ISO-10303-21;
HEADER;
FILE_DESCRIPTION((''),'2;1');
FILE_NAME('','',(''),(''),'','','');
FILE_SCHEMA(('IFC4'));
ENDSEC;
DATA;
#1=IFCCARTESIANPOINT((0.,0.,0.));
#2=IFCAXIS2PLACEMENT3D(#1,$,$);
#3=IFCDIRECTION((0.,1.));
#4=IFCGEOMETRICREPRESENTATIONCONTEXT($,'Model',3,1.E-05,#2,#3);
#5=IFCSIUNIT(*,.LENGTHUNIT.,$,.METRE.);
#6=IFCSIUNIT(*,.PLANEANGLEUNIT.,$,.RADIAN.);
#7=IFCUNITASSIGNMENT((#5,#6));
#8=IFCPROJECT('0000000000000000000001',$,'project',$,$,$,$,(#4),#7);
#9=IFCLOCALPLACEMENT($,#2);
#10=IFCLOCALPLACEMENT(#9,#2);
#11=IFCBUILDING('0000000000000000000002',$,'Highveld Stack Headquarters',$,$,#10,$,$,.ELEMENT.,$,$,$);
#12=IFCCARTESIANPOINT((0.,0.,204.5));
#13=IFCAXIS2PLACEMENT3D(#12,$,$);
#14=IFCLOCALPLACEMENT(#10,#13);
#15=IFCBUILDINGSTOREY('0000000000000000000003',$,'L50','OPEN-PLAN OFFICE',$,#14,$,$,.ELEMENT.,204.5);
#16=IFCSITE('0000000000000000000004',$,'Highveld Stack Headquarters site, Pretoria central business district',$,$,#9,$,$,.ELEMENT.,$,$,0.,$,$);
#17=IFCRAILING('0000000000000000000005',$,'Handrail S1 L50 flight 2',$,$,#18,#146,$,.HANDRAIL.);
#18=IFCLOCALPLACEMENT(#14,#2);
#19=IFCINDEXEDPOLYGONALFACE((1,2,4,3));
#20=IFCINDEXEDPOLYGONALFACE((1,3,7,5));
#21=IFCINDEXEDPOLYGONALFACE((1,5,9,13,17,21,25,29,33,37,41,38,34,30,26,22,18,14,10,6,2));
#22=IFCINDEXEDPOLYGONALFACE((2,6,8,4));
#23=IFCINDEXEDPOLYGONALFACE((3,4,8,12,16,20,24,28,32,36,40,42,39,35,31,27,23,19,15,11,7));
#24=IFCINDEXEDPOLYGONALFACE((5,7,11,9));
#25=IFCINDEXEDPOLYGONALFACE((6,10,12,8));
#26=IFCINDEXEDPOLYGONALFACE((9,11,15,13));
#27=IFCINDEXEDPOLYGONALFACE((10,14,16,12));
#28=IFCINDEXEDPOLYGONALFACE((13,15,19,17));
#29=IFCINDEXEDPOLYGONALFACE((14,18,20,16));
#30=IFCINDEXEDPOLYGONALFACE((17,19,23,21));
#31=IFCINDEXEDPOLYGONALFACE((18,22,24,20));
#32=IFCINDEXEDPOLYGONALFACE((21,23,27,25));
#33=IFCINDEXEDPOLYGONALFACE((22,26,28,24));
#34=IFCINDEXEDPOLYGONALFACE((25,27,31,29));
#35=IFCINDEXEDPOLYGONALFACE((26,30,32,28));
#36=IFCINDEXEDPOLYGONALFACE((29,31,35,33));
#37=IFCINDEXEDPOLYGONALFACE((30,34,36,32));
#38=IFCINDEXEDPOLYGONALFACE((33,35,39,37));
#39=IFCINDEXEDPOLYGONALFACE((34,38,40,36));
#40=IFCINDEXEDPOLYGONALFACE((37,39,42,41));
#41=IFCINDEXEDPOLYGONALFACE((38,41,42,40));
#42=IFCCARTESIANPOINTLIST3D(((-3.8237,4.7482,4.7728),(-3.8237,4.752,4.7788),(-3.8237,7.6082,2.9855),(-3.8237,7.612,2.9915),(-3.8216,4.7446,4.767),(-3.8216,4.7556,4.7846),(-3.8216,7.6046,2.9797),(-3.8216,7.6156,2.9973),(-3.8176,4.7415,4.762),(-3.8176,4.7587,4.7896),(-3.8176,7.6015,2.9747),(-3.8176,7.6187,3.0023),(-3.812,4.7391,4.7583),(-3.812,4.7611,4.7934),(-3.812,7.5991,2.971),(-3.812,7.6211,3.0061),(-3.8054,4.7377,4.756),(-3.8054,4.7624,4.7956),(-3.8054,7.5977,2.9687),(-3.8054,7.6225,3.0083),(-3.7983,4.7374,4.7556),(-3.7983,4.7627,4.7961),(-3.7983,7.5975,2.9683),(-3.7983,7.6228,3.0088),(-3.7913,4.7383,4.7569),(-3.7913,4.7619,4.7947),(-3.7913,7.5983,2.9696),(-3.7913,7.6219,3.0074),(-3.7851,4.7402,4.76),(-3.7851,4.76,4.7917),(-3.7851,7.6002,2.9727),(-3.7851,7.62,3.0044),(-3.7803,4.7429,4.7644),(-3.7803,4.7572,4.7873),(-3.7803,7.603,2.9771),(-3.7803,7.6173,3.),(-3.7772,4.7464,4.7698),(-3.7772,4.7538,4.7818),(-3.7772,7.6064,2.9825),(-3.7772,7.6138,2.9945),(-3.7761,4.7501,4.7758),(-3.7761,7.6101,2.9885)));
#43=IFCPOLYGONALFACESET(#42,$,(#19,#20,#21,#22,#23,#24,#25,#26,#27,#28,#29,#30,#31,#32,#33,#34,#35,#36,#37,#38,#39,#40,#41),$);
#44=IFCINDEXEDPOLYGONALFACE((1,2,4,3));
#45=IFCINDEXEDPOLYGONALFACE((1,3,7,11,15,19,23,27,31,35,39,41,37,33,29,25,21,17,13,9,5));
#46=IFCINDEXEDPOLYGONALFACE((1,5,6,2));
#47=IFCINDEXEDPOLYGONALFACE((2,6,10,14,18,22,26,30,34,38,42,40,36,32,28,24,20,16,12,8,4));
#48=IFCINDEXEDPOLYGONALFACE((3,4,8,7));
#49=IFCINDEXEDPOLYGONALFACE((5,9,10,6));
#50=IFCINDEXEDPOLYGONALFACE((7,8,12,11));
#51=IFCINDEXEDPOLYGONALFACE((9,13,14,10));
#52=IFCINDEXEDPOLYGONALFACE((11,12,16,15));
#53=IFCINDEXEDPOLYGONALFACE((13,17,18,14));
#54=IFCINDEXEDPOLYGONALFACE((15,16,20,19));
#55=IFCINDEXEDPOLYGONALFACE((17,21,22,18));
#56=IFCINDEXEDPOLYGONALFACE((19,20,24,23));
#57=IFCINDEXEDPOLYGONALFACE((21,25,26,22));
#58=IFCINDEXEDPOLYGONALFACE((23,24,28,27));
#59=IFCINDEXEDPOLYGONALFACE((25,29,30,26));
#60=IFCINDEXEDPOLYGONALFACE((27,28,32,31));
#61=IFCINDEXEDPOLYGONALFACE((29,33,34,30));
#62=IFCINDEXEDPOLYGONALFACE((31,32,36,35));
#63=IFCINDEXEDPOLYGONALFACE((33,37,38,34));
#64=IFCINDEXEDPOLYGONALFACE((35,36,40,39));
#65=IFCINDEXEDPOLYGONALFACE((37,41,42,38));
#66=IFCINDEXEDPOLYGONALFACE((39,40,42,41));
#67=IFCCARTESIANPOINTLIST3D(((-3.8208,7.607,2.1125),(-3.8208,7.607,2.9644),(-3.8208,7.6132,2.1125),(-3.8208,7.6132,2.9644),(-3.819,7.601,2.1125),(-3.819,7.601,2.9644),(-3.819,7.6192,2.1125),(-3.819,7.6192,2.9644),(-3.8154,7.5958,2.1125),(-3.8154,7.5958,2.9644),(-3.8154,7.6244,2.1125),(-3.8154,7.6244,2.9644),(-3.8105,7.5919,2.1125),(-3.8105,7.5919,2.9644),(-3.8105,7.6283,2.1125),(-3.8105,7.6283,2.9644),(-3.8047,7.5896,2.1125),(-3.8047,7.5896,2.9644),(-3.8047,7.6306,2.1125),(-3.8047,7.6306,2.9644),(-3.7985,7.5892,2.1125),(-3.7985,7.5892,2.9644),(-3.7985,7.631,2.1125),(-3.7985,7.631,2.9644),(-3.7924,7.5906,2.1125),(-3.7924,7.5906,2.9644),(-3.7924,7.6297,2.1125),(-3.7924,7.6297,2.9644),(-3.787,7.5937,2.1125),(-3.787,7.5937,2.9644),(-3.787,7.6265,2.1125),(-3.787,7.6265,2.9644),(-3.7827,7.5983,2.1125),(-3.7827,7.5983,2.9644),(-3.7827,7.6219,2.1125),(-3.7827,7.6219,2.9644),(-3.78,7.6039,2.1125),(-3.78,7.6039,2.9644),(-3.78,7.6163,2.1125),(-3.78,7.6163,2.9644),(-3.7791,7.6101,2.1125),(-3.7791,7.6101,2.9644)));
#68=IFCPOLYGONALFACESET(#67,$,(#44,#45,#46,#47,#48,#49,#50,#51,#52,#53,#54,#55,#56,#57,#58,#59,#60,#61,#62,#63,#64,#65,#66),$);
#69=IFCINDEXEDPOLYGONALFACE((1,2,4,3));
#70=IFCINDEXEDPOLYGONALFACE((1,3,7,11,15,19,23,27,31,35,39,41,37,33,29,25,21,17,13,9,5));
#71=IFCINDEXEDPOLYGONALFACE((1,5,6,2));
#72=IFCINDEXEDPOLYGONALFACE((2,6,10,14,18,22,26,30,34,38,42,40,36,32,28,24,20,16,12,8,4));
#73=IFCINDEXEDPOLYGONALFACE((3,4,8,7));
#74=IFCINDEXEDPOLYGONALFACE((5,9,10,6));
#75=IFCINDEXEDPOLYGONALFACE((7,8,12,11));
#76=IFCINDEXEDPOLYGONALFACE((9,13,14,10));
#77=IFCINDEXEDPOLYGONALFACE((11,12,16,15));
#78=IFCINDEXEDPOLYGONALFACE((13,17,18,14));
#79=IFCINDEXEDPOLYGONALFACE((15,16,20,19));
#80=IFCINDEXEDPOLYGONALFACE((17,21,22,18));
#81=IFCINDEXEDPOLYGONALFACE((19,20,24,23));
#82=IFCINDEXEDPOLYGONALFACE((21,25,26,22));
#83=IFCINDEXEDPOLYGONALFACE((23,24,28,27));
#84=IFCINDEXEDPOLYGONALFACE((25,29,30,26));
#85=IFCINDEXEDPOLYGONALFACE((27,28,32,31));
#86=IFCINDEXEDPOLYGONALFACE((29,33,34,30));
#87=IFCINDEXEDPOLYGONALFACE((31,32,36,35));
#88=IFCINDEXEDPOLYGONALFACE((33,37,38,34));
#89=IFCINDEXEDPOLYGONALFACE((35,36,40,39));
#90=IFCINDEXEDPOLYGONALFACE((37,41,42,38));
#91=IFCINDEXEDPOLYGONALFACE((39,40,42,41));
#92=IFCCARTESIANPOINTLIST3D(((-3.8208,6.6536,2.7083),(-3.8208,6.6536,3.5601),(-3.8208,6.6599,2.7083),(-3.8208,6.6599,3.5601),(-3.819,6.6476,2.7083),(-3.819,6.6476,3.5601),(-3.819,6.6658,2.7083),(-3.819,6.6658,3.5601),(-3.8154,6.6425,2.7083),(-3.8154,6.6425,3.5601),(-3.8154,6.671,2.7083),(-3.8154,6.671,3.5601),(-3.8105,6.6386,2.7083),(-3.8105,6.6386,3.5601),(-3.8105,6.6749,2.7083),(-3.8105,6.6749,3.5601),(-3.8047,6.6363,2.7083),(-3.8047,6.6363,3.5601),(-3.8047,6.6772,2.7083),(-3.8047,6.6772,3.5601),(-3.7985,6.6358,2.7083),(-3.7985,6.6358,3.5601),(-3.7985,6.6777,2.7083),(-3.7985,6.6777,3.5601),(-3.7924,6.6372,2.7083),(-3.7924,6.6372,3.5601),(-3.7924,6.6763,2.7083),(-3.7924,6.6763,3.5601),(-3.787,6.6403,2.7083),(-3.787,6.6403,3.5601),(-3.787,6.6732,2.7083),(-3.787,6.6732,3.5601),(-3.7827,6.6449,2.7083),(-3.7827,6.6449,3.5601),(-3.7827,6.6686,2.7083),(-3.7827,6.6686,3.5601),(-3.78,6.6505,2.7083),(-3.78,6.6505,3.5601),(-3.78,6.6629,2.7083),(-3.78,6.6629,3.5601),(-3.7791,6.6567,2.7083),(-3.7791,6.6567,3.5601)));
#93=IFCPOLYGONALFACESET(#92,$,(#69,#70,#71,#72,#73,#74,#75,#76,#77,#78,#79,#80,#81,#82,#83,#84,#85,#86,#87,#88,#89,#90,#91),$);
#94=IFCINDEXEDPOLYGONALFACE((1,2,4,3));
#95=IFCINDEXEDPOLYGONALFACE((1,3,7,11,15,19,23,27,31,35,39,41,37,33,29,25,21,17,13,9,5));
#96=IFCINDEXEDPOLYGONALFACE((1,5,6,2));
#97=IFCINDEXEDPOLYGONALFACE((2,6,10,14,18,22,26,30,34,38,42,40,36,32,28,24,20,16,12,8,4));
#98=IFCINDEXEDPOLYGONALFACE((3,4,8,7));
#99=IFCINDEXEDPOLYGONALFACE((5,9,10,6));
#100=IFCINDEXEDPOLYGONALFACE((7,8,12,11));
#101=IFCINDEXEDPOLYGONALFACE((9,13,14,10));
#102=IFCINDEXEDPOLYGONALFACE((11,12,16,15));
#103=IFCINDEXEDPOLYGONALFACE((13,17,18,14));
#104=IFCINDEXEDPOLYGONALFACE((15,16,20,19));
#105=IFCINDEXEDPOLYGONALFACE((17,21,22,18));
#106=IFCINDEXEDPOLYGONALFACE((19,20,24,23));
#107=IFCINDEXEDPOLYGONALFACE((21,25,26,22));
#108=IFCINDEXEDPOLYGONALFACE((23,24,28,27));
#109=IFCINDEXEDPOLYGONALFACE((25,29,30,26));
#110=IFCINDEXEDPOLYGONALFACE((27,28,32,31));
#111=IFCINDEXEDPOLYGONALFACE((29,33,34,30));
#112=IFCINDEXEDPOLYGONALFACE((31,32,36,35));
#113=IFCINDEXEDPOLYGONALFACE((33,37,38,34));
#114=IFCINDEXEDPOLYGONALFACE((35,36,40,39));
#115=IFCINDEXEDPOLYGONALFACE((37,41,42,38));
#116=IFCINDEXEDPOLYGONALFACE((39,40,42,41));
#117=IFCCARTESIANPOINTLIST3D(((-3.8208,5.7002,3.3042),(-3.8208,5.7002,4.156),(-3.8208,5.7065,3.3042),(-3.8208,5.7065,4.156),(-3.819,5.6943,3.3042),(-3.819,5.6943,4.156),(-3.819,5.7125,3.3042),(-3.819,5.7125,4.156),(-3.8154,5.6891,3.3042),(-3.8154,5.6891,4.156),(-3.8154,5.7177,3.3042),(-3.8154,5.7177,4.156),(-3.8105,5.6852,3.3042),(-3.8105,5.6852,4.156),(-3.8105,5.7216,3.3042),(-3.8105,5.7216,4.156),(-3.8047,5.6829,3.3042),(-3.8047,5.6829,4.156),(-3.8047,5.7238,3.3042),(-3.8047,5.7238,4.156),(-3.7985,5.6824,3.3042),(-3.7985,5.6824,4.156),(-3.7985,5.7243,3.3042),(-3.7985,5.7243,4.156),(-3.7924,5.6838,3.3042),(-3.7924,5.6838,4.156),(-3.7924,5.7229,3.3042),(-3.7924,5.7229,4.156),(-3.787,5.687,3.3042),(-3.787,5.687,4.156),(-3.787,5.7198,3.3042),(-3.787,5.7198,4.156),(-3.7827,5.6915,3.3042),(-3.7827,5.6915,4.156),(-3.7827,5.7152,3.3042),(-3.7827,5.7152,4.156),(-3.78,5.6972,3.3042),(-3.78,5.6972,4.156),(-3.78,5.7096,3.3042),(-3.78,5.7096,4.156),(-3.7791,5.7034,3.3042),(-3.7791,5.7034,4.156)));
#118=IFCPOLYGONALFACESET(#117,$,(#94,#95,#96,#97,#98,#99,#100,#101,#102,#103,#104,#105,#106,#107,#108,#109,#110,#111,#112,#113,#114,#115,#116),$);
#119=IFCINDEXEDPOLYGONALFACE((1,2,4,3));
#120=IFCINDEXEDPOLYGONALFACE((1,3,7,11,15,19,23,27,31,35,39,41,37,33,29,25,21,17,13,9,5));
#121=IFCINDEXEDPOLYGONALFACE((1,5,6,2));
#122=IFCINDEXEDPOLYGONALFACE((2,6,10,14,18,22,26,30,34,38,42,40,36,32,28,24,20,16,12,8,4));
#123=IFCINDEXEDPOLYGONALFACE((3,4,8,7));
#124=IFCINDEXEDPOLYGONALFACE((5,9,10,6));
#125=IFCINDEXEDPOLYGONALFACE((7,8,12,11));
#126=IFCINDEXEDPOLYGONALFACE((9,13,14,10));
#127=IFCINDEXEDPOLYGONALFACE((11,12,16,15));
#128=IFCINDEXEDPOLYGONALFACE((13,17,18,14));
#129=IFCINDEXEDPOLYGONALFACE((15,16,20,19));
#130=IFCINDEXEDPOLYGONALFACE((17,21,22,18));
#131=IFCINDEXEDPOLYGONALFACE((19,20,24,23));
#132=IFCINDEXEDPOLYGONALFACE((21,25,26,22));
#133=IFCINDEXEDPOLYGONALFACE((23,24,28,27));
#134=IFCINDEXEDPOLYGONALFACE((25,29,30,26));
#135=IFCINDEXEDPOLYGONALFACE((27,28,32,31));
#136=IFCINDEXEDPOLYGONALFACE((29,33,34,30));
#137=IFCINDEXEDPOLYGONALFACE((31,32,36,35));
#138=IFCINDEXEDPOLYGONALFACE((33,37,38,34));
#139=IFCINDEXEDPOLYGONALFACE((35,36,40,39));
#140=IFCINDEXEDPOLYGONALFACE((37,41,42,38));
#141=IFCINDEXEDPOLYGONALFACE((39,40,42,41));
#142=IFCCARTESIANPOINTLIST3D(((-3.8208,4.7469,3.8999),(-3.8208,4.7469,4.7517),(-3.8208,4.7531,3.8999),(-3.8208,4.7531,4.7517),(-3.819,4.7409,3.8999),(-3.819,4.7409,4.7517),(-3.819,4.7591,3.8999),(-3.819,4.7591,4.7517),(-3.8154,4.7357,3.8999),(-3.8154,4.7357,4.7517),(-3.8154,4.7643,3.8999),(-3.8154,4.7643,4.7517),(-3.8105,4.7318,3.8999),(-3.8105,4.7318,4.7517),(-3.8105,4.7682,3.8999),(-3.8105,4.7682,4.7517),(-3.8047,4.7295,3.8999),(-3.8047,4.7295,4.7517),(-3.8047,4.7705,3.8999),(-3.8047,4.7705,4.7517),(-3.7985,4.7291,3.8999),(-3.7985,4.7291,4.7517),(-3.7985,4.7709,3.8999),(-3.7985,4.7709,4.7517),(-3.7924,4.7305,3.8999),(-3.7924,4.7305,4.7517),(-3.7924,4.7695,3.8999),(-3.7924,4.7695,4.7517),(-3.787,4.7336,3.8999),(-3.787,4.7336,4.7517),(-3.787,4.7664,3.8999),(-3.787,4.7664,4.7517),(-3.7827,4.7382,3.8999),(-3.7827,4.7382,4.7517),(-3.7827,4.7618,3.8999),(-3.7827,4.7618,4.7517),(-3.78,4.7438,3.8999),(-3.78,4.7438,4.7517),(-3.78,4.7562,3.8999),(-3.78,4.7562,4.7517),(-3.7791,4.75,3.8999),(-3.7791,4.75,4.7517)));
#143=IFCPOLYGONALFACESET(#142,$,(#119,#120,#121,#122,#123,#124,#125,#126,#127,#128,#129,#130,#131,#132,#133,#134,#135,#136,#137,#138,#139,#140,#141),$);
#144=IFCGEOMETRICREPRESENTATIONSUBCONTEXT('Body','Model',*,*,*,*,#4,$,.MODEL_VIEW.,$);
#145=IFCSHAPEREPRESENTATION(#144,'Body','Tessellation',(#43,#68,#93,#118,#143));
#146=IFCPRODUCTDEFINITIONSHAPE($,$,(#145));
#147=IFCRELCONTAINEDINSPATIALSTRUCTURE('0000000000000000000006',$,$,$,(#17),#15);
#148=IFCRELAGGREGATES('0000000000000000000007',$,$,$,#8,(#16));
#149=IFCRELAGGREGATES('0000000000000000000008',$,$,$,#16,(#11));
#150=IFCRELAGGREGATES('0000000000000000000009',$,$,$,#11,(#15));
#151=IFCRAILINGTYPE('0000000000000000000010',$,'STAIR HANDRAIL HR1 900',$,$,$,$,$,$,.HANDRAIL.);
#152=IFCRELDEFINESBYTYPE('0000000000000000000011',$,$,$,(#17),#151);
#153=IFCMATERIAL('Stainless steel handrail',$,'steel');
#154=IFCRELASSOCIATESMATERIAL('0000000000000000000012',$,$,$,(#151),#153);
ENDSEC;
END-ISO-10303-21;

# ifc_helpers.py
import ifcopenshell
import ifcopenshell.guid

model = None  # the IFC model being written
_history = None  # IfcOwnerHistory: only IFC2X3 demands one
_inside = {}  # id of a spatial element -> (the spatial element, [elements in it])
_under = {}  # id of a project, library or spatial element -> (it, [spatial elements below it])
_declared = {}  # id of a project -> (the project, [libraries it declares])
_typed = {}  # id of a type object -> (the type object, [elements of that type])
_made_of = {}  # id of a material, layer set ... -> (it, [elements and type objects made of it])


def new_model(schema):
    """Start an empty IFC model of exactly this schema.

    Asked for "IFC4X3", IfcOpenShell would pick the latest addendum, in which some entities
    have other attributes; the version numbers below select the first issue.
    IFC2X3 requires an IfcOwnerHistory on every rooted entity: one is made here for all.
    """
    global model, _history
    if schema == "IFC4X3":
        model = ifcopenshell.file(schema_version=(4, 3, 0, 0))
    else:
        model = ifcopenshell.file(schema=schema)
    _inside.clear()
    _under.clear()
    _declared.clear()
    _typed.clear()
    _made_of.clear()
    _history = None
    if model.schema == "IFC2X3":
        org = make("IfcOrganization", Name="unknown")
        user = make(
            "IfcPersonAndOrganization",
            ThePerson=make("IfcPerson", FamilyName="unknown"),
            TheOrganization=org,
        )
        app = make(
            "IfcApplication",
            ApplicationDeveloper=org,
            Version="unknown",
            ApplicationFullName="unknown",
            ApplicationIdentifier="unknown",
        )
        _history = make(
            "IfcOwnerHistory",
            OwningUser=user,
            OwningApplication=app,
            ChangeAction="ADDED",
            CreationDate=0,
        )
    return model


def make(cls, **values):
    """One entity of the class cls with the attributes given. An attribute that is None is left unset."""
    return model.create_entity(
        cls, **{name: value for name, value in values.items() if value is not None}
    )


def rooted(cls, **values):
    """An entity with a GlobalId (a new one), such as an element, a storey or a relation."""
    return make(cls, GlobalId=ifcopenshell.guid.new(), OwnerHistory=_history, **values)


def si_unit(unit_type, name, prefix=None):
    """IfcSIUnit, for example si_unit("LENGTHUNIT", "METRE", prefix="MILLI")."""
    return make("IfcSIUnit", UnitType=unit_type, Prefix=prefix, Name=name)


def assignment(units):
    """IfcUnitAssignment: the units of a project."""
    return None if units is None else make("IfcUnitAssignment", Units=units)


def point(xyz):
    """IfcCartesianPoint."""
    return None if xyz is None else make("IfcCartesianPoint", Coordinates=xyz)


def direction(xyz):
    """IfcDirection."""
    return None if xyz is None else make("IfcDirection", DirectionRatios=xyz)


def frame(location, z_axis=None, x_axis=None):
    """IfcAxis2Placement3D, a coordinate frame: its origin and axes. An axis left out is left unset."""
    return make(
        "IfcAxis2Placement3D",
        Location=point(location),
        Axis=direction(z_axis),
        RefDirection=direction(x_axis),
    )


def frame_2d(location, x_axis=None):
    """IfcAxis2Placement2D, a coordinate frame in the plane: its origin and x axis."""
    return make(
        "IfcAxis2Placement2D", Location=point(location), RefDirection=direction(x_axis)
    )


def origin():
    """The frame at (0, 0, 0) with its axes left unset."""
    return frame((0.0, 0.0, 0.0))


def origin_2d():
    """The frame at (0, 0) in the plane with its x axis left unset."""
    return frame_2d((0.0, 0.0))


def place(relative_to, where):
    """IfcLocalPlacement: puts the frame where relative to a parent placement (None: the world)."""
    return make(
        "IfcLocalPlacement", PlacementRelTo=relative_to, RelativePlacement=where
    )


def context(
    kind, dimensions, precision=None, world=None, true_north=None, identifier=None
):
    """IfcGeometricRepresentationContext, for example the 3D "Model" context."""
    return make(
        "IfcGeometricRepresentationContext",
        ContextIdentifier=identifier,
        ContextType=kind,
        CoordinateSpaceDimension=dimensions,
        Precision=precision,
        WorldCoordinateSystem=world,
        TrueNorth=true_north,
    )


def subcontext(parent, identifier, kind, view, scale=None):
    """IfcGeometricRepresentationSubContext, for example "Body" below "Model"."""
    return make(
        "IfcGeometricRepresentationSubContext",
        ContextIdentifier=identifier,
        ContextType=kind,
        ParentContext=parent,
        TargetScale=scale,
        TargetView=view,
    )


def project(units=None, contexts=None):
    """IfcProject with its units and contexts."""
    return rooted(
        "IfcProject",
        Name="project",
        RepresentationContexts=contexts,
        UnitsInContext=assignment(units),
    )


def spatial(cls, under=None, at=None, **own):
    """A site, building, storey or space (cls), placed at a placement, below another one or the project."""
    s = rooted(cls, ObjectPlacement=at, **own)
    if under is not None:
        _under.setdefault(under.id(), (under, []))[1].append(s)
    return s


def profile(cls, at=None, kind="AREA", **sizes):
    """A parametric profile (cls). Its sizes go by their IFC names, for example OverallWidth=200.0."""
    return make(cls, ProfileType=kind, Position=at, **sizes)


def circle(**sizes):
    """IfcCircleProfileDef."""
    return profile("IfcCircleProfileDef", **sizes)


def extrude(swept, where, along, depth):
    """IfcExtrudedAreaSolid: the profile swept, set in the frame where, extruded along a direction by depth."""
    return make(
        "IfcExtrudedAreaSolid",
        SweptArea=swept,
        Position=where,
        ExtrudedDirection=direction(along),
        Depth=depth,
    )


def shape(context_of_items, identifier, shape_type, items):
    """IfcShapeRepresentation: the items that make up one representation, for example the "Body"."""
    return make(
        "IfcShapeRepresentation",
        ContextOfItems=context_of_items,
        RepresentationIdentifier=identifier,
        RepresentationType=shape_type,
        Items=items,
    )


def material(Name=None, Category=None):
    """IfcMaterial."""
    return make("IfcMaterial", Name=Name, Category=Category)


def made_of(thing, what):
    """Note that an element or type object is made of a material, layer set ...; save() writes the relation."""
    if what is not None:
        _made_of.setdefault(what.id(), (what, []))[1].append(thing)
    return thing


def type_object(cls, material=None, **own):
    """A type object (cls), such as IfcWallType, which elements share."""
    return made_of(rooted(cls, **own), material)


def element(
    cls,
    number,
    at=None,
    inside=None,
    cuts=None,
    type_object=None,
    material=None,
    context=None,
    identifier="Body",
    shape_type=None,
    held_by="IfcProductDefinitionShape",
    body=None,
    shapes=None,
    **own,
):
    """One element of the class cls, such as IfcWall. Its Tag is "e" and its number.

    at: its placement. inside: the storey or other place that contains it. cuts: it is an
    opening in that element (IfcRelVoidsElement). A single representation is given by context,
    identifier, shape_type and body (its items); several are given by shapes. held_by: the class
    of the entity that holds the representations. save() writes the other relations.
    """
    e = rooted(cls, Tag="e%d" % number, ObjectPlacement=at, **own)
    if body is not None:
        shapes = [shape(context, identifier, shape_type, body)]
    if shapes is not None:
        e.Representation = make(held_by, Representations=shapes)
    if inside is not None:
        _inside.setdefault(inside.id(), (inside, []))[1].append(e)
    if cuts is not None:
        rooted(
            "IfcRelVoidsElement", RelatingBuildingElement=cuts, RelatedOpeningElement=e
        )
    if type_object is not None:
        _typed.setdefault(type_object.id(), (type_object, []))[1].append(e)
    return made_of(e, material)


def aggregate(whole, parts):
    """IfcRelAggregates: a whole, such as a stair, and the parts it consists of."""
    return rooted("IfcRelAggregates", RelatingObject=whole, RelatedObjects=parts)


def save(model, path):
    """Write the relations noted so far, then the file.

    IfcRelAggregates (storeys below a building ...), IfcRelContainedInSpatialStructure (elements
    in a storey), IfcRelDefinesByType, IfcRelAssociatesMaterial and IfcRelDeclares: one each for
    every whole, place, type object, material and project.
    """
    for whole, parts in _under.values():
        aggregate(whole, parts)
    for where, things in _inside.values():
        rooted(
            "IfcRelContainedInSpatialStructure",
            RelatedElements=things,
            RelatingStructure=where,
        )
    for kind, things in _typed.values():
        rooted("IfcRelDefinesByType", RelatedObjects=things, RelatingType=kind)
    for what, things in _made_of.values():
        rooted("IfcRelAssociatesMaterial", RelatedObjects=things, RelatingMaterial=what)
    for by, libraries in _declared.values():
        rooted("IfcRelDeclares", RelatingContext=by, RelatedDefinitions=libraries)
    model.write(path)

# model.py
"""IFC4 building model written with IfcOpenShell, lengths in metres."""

from ifc_helpers import new_model, si_unit, direction, frame, origin, origin_2d, place, context, subcontext, project, spatial, circle, extrude, material, type_object, element, save


model = new_model("IFC4")

# Units and contexts
model_context = context("Model", 3, precision=1e-05, world=origin(), true_north=direction((0.0, 1.0)))
body_context = subcontext(model_context, "Body", "Model", "MODEL_VIEW")
ifc_project = project(units=[si_unit("LENGTHUNIT", "METRE"), si_unit("PLANEANGLEUNIT", "RADIAN")], contexts=[model_context])

# Site, building, storey
site_placement = place(None, origin())
site = spatial("IfcSite", under=ifc_project, at=site_placement, Name="Highveld Stack Headquarters site, Pretoria central business district", CompositionType="ELEMENT", RefElevation=0.0)
building_placement = place(site_placement, origin())
building = spatial("IfcBuilding", under=site, at=building_placement, Name="Highveld Stack Headquarters", CompositionType="ELEMENT")
storey_placement = place(building_placement, frame((0.0, 0.0, 204.5)))
storey = spatial("IfcBuildingStorey", under=building, at=storey_placement, Name="L50", Description="OPEN-PLAN OFFICE", CompositionType="ELEMENT", Elevation=204.5)

# Railing
ifc_material_1 = material(Name="Stainless steel handrail", Category="steel")
railing_type = type_object("IfcRailingType", Name="STAIR HANDRAIL HR1 900", PredefinedType="HANDRAIL", material=ifc_material_1)
for number, where, name in (
    (1, (-3.8, 7.6101, 2.1125), "Handrail S1 L50 flight 2"),
):
    element("IfcRailing", number, at=place(storey_placement, frame(where)), inside=storey, type_object=railing_type, Name=name, PredefinedType="HANDRAIL", context=body_context, shape_type="SweptSolid", body=[
        extrude(circle(Radius=0.0239, at=origin_2d()), frame((0.0, 0.0, 0.876), z_axis=(0.0, -0.848027, 0.529953), x_axis=(1.0, 0.0, 0.0)), (0.0, 0.0, 1.0), 3.3726),
        extrude(circle(Radius=0.021, at=origin_2d()), origin(), (0.0, 0.0, 1.0), 0.8518),
        extrude(circle(Radius=0.021, at=origin_2d()), frame((0.0, -0.9534, 0.5957)), (0.0, 0.0, 1.0), 0.8518),
        extrude(circle(Radius=0.021, at=origin_2d()), frame((0.0, -1.9067, 1.1917)), (0.0, 0.0, 1.0), 0.8518),
        extrude(circle(Radius=0.021, at=origin_2d()), frame((0.0, -2.8601, 1.7874)), (0.0, 0.0, 1.0), 0.8518),
    ])

save(model, "model.ifc")
